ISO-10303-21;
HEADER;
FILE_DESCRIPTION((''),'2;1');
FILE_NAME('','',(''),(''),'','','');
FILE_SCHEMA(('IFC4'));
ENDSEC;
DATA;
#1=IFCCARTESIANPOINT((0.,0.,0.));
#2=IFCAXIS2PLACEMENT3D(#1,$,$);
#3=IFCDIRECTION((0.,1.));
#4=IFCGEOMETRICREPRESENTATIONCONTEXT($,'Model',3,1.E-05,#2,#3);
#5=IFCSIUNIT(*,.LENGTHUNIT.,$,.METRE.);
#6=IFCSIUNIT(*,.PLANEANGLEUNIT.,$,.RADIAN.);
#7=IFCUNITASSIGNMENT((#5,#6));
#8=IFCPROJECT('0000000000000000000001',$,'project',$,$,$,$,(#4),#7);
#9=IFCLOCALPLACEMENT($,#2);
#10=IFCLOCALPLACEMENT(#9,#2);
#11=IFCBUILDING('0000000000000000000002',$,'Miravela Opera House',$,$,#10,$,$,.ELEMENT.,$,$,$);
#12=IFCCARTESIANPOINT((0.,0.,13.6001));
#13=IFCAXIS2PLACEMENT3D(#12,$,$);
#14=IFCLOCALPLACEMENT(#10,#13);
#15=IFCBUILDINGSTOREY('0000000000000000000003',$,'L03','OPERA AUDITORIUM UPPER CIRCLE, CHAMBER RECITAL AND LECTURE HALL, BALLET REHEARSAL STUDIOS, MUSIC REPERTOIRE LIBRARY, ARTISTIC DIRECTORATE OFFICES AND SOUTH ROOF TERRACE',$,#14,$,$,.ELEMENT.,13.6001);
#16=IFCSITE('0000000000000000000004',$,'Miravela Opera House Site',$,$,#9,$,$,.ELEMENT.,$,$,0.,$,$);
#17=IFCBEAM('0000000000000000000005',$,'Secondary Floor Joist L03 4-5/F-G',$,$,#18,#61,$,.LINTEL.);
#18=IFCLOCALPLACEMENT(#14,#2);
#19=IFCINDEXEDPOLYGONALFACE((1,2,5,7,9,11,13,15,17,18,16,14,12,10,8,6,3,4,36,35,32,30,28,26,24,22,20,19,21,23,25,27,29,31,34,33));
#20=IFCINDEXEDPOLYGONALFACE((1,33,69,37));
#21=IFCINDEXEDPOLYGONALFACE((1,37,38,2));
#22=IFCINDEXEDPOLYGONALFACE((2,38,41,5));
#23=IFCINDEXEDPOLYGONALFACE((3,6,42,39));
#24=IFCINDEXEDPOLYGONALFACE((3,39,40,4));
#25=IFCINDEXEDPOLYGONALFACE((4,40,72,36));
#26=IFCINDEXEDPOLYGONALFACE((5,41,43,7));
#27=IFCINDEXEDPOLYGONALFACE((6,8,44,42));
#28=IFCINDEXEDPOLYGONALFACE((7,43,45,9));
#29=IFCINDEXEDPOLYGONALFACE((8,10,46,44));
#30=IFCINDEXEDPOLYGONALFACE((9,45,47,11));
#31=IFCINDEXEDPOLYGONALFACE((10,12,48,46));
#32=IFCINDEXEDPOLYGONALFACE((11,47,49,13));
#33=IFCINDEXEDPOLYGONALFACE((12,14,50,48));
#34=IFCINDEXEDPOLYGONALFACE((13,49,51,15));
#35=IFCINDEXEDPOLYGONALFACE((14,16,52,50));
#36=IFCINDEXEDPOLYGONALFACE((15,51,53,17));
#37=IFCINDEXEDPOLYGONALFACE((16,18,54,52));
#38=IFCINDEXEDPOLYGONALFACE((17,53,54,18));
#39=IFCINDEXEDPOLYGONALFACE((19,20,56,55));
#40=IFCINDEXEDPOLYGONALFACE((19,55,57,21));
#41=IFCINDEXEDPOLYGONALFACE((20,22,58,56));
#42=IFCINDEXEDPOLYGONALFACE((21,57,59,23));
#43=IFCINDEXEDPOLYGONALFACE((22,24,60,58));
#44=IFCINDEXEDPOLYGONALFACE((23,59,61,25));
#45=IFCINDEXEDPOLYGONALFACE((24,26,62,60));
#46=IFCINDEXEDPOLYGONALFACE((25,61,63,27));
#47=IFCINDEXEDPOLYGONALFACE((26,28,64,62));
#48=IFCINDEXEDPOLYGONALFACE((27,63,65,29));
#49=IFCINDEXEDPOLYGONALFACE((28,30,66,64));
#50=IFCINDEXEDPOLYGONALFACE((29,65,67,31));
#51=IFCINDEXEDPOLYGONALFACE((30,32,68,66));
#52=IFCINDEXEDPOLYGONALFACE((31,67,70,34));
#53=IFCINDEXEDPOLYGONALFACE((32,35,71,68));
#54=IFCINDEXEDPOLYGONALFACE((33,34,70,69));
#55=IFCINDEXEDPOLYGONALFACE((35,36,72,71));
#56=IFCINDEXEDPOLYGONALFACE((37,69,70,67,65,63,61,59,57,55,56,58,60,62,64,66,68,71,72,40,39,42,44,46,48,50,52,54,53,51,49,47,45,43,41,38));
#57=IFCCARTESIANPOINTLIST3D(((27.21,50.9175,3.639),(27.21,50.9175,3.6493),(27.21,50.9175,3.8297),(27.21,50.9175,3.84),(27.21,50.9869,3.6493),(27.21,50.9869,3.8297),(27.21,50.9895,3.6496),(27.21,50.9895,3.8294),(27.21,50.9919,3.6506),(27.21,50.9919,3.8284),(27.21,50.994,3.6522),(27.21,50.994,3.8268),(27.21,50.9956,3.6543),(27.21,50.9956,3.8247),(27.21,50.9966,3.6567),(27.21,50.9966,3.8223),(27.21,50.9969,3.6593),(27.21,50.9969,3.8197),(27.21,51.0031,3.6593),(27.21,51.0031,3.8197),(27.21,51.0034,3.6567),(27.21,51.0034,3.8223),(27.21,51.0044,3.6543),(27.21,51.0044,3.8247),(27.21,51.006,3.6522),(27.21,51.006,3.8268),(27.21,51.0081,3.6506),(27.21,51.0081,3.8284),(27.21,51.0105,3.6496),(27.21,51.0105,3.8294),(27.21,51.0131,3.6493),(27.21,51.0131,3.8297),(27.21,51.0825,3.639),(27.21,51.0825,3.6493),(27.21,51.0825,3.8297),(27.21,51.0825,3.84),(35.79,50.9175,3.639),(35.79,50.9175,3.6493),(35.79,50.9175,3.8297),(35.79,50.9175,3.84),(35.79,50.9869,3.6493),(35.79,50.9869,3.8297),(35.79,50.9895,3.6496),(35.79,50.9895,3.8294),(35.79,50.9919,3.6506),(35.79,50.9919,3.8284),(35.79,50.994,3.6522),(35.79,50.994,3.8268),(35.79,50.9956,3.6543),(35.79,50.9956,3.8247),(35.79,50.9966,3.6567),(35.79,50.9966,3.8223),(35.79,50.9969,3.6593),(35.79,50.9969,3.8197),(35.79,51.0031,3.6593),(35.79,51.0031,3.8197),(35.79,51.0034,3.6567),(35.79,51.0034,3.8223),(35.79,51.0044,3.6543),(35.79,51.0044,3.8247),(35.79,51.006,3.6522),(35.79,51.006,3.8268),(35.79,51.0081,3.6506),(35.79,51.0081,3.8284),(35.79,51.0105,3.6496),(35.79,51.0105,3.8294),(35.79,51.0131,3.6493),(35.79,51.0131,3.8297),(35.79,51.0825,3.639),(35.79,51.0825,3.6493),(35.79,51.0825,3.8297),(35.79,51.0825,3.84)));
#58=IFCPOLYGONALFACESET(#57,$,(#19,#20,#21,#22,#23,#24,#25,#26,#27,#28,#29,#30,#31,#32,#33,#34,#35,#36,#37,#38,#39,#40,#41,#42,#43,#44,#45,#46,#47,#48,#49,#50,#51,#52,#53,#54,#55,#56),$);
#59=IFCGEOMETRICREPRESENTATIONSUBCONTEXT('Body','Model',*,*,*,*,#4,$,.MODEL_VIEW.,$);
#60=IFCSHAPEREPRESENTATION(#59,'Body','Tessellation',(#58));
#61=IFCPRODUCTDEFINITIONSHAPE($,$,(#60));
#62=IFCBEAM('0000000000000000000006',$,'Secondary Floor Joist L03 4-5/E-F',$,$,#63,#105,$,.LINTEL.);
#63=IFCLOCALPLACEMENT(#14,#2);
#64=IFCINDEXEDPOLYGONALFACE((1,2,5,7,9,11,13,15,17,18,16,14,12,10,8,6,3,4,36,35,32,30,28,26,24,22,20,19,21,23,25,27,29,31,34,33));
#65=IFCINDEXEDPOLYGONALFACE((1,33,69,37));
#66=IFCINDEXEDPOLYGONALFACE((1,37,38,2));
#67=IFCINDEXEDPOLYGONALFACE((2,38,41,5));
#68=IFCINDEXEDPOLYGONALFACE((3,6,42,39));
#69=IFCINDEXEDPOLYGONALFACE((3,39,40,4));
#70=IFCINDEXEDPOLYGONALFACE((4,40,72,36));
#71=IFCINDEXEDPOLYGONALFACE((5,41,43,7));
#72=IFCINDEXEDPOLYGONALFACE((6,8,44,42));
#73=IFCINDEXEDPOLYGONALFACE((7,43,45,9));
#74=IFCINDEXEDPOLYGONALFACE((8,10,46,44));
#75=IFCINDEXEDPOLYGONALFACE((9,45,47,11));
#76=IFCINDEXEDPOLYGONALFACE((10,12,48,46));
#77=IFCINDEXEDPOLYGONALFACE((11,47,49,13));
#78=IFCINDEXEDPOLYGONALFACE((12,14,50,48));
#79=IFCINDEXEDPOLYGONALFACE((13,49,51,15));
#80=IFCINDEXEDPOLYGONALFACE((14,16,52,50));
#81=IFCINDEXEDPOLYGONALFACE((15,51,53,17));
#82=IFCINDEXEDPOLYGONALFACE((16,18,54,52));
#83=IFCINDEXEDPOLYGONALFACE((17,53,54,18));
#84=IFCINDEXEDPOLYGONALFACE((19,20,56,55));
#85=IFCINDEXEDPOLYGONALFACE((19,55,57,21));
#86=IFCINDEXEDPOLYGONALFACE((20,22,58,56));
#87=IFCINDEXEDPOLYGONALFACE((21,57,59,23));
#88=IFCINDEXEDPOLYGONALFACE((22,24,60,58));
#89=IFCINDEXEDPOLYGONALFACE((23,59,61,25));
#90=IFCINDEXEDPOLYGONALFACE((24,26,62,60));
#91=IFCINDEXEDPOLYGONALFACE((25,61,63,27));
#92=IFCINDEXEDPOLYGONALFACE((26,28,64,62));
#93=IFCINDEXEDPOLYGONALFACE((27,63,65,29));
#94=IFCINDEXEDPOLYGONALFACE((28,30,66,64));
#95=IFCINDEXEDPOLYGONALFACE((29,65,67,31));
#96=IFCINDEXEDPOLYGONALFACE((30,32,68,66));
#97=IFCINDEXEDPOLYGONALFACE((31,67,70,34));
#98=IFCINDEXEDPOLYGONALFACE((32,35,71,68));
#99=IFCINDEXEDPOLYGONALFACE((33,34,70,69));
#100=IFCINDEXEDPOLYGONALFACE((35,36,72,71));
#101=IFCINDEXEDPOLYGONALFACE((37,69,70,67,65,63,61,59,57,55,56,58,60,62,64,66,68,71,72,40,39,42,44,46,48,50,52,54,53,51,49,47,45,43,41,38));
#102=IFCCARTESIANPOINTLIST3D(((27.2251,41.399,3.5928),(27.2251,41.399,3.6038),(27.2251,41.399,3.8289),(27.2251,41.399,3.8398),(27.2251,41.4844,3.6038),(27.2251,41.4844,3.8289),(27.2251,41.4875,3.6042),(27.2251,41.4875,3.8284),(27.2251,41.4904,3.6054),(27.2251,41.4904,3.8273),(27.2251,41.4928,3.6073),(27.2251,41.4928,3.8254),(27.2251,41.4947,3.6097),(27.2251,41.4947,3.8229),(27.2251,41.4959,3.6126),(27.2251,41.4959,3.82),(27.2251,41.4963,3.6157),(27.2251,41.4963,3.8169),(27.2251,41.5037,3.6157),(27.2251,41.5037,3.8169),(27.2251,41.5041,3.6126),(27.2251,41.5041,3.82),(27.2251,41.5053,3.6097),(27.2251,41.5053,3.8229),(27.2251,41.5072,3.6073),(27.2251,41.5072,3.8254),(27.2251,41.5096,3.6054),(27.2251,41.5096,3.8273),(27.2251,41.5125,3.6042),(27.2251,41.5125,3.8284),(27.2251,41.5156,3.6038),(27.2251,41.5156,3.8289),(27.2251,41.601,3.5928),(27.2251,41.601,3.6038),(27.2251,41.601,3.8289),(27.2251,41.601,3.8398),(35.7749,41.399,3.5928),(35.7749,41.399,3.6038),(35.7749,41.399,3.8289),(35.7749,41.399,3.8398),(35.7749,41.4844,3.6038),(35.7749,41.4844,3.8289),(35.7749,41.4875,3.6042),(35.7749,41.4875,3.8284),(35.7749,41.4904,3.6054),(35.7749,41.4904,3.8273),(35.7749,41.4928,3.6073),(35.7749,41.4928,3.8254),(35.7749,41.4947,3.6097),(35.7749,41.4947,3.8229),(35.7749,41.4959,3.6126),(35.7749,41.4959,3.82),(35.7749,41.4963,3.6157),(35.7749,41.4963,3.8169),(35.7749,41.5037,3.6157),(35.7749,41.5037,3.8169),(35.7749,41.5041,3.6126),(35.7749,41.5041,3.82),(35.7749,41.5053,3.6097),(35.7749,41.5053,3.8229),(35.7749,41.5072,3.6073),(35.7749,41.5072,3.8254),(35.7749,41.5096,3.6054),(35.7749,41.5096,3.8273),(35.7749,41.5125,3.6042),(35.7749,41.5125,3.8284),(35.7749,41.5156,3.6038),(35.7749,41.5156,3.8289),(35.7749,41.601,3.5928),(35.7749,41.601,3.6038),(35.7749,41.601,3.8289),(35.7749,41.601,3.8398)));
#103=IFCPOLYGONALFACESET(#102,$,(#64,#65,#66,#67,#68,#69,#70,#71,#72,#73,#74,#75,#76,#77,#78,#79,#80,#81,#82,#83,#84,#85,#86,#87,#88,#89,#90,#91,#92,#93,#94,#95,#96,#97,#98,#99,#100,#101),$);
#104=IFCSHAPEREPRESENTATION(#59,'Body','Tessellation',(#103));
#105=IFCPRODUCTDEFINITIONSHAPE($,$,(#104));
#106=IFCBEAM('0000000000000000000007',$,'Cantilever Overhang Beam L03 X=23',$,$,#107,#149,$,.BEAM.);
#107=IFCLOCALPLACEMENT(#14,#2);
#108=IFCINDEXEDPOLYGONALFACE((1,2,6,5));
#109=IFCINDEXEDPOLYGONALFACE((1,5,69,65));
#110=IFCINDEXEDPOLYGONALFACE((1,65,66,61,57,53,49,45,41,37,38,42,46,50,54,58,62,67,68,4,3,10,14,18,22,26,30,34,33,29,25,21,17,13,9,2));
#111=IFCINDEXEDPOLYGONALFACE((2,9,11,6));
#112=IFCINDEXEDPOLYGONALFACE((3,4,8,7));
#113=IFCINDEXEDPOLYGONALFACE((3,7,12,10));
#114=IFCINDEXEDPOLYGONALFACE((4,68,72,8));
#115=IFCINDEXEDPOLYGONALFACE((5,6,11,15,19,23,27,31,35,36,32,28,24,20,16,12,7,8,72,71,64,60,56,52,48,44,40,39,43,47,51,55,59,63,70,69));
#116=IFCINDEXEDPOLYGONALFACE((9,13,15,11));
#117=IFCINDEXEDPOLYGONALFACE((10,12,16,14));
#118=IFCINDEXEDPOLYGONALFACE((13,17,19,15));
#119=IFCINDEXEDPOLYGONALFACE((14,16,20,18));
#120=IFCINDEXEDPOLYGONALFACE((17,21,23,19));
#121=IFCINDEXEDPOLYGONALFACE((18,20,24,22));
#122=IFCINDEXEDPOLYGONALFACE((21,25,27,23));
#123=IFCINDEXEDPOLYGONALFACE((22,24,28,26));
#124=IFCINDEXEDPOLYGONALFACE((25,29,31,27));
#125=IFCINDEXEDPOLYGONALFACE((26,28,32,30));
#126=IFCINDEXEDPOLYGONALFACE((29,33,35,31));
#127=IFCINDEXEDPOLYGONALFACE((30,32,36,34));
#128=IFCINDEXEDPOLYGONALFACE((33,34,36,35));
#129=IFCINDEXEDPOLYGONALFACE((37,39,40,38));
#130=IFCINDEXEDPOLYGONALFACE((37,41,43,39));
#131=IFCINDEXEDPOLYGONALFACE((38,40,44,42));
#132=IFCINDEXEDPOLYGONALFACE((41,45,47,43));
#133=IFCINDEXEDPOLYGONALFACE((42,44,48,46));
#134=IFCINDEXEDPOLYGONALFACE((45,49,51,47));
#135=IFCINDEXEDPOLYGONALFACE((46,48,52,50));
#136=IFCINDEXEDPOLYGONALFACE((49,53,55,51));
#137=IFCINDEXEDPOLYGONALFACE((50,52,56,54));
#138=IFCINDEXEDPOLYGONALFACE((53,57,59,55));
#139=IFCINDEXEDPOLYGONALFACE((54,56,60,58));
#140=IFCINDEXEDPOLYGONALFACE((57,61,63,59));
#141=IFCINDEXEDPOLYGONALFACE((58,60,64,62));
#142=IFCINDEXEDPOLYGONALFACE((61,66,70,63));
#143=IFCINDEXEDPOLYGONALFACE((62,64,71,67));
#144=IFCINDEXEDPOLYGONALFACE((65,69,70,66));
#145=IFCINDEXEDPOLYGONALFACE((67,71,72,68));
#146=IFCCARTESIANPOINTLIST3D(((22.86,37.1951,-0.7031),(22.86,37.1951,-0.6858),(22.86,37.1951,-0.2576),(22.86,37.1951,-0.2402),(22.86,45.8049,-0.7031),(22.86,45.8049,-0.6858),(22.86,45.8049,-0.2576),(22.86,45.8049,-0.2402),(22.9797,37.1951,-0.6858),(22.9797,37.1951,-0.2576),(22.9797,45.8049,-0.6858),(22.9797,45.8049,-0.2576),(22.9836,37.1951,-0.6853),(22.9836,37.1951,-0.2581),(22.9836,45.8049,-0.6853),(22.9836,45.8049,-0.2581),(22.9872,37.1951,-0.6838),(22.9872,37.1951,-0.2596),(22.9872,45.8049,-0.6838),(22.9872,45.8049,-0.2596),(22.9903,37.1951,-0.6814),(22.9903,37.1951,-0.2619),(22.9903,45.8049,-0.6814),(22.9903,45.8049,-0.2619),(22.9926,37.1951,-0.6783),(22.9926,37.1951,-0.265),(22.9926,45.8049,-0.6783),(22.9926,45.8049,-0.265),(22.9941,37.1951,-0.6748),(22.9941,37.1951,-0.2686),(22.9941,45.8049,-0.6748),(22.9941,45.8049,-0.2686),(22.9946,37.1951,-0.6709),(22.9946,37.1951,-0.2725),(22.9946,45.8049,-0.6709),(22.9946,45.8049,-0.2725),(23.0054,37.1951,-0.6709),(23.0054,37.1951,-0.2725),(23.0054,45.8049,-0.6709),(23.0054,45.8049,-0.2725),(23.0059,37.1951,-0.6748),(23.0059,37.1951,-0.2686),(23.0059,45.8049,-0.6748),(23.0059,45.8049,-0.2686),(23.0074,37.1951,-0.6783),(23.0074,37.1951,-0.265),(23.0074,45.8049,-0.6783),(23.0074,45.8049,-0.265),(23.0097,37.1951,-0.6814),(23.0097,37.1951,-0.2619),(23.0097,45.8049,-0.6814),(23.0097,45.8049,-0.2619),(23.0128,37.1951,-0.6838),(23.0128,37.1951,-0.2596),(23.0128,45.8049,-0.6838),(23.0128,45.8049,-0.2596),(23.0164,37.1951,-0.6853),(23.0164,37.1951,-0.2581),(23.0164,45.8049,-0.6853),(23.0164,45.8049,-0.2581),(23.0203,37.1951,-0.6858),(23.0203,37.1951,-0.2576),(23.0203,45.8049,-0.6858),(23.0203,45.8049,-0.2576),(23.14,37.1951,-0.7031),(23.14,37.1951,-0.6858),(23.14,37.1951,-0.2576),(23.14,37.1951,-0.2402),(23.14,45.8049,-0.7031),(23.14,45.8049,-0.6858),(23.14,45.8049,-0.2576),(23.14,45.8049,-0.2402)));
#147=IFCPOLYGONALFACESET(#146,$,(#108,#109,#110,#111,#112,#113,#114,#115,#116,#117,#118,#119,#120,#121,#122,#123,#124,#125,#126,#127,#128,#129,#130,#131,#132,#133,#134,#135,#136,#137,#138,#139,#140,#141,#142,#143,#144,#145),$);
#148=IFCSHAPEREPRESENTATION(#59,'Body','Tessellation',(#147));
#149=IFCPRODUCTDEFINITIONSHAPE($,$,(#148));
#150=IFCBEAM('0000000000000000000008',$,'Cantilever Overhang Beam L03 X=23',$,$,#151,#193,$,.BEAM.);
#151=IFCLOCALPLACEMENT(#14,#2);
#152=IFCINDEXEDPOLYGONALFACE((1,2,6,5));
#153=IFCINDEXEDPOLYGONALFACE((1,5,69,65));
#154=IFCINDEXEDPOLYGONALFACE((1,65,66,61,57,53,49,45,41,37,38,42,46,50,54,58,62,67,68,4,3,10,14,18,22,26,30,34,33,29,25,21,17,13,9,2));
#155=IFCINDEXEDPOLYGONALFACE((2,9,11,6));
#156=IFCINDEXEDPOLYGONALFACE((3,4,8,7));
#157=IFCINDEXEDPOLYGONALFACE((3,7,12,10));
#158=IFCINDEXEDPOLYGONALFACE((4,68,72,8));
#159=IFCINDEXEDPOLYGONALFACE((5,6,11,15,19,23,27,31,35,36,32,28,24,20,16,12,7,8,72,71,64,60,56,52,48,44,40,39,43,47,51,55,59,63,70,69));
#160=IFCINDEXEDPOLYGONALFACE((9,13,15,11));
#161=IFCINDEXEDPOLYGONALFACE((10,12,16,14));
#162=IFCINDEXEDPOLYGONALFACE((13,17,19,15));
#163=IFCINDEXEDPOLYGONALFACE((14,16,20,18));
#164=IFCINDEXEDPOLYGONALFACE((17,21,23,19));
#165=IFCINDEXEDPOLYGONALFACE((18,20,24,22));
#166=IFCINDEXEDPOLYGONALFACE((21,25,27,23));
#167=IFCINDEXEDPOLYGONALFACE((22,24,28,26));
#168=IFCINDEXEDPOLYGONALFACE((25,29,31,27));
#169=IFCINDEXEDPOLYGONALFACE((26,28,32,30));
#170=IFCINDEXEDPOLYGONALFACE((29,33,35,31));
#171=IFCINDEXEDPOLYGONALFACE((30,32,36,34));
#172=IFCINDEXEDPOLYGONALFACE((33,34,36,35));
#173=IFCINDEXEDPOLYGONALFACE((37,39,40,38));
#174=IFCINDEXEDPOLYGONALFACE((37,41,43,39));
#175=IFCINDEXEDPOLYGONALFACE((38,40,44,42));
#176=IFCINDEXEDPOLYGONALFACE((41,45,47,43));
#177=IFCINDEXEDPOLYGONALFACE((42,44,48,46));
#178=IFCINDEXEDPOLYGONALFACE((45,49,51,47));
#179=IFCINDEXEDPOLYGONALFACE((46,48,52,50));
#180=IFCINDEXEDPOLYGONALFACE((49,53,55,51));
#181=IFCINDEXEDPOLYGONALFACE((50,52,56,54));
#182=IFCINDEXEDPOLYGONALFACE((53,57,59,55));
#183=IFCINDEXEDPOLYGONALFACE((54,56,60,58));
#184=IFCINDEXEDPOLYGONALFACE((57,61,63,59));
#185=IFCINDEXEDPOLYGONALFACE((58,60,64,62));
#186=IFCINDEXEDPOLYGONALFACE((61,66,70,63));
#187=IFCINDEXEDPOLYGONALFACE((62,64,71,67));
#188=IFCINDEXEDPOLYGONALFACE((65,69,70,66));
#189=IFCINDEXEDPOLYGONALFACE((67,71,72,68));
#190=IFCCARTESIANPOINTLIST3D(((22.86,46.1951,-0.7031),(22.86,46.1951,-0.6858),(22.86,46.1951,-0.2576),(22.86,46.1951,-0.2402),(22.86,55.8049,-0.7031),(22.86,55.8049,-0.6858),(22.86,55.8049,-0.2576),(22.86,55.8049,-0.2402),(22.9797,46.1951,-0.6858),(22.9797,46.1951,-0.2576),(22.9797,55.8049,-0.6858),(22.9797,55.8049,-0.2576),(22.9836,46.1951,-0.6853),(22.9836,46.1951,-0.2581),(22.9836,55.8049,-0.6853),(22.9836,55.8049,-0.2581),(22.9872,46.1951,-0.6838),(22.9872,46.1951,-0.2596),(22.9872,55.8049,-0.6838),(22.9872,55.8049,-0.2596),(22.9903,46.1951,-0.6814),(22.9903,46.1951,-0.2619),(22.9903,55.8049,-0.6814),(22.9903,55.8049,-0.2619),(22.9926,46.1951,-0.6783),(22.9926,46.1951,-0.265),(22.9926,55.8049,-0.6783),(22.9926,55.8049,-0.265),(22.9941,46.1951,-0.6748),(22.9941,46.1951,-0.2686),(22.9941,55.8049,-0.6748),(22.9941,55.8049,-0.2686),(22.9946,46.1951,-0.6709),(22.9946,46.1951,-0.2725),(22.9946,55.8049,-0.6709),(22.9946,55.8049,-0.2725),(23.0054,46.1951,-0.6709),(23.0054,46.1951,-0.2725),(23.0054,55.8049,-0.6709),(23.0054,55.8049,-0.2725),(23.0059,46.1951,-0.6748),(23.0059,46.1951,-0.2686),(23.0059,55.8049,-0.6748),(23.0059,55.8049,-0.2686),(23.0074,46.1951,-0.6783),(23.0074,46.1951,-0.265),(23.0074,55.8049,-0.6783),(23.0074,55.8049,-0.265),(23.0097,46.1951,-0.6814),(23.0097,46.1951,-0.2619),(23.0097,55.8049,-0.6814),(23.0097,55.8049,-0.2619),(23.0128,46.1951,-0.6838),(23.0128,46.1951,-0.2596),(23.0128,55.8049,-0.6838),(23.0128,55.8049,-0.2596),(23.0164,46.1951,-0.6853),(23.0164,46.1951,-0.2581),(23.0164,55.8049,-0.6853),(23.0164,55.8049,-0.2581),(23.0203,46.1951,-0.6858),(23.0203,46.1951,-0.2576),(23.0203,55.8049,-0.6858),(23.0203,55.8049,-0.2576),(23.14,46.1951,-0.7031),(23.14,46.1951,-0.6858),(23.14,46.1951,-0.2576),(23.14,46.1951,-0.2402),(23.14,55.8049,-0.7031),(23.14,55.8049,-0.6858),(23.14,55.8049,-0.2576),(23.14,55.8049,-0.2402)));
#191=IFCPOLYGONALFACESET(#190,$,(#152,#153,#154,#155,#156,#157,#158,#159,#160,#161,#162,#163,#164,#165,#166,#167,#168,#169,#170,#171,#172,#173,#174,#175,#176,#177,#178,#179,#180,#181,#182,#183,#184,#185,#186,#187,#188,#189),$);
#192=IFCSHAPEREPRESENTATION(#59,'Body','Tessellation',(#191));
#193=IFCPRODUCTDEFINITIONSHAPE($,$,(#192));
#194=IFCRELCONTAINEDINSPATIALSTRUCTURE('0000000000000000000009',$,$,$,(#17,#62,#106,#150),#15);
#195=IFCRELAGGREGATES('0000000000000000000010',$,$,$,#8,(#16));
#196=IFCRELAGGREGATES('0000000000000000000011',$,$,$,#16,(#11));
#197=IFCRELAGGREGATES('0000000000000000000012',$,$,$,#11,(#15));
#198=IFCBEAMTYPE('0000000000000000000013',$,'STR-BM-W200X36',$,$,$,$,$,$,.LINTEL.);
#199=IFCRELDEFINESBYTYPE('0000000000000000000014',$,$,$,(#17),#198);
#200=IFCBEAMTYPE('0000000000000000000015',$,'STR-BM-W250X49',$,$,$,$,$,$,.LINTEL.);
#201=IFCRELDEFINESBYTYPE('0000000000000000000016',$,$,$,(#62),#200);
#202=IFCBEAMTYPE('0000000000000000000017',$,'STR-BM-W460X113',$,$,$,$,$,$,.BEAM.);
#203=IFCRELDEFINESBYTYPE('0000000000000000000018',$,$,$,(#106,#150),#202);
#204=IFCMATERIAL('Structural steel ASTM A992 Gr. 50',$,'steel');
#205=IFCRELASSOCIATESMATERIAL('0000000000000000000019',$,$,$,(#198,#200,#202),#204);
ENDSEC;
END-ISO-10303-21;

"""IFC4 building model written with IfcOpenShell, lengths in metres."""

from ifc_helpers import new_model, si_unit, direction, frame, origin, origin_2d, place, context, subcontext, project, spatial, i_section, extrude, material, material_profile, profile_set, type_object, element, save


model = new_model("IFC4")

# Units and contexts
model_context = context("Model", 3, precision=1e-05, world=origin(), true_north=direction((0.0, 1.0)))
body_context = subcontext(model_context, "Body", "Model", "MODEL_VIEW")
ifc_project = project(units=[si_unit("LENGTHUNIT", "METRE"), si_unit("PLANEANGLEUNIT", "RADIAN")], contexts=[model_context])

# Site, building, storey
site_placement = place(None, origin())
site = spatial("IfcSite", under=ifc_project, at=site_placement, Name="Miravela Opera House Site", CompositionType="ELEMENT", RefElevation=0.0)
building_placement = place(site_placement, origin())
building = spatial("IfcBuilding", under=site, at=building_placement, Name="Miravela Opera House", CompositionType="ELEMENT")
storey_placement = place(building_placement, frame((0.0, 0.0, 13.6001)))
storey = spatial("IfcBuildingStorey", under=building, at=storey_placement, Name="L03", Description="OPERA AUDITORIUM UPPER CIRCLE, CHAMBER RECITAL AND LECTURE HALL, BALLET REHEARSAL STUDIOS, MUSIC REPERTOIRE LIBRARY, ARTISTIC DIRECTORATE OFFICES AND SOUTH ROOF TERRACE", CompositionType="ELEMENT", Elevation=13.6001)

# Beams
ifc_material_1 = material(Name="Structural steel ASTM A992 Gr. 50", Category="steel")
ifc_material_profile_1 = material_profile(ifc_material_1, i_section(OverallWidth=0.165, OverallDepth=0.2009, WebThickness=0.0061, FlangeThickness=0.0103, FilletRadius=0.01, at=origin_2d()), Name="W200X36")
ifc_profile_set_1 = profile_set([ifc_material_profile_1])
beam_type_1 = type_object("IfcBeamType", Name="STR-BM-W200X36", PredefinedType="LINTEL", material=ifc_profile_set_1)
beam_1_placement = place(storey_placement, frame((27.21, 51.0, 3.7395), z_axis=(1.0, 0.0, 0.0), x_axis=(0.0, 1.0, 0.0)))
element("IfcBeam", 1, at=beam_1_placement, inside=storey, type_object=beam_type_1, Name="Secondary Floor Joist L03 4-5/F-G", PredefinedType="LINTEL", context=body_context, shape_type="SweptSolid", body=[
    extrude(i_section(OverallWidth=0.165, OverallDepth=0.2009, WebThickness=0.0061, FlangeThickness=0.0103, FilletRadius=0.01, at=origin_2d()), origin(), (0.0, 0.0, 1.0), 8.5801),
])
ifc_material_profile_2 = material_profile(ifc_material_1, i_section(OverallWidth=0.2019, OverallDepth=0.2471, WebThickness=0.0073, FlangeThickness=0.011, FilletRadius=0.012, at=origin_2d()), Name="W250X49")
ifc_profile_set_2 = profile_set([ifc_material_profile_2])
beam_type_2 = type_object("IfcBeamType", Name="STR-BM-W250X49", PredefinedType="LINTEL", material=ifc_profile_set_2)
beam_2_placement = place(storey_placement, frame((27.2251, 41.5, 3.7163), z_axis=(1.0, 0.0, 0.0), x_axis=(0.0, 1.0, 0.0)))
element("IfcBeam", 2, at=beam_2_placement, inside=storey, type_object=beam_type_2, Name="Secondary Floor Joist L03 4-5/E-F", PredefinedType="LINTEL", context=body_context, shape_type="SweptSolid", body=[
    extrude(i_section(OverallWidth=0.2019, OverallDepth=0.2471, WebThickness=0.0073, FlangeThickness=0.011, FilletRadius=0.012, at=origin_2d()), origin(), (0.0, 0.0, 1.0), 8.5498),
])
ifc_material_profile_3 = material_profile(ifc_material_1, i_section(OverallWidth=0.28, OverallDepth=0.4629, WebThickness=0.0107, FlangeThickness=0.0173, FilletRadius=0.0149, at=origin_2d()), Name="W460X113")
ifc_profile_set_3 = profile_set([ifc_material_profile_3])
beam_type_3 = type_object("IfcBeamType", Name="STR-BM-W460X113", PredefinedType="BEAM", material=ifc_profile_set_3)
beam_3_placement = place(storey_placement, frame((23.0, 37.1951, -0.4717), z_axis=(0.0, 1.0, 0.0), x_axis=(-1.0, 0.0, 0.0)))
element("IfcBeam", 3, at=beam_3_placement, inside=storey, type_object=beam_type_3, Name="Cantilever Overhang Beam L03 X=23", PredefinedType="BEAM", context=body_context, shape_type="SweptSolid", body=[
    extrude(i_section(OverallWidth=0.28, OverallDepth=0.4629, WebThickness=0.0107, FlangeThickness=0.0173, FilletRadius=0.0149, at=origin_2d()), origin(), (0.0, 0.0, 1.0), 8.6099),
])
for number, where, z_axis, x_axis, name in (
    (4, (23.0, 46.1951, -0.4717), (0.0, 1.0, 0.0), (-1.0, 0.0, 0.0), "Cantilever Overhang Beam L03 X=23"),
):
    element("IfcBeam", number, at=place(storey_placement, frame(where, z_axis=z_axis, x_axis=x_axis)), inside=storey, type_object=beam_type_3, Name=name, PredefinedType="BEAM", context=body_context, shape_type="SweptSolid", body=[
        extrude(i_section(OverallWidth=0.28, OverallDepth=0.4629, WebThickness=0.0107, FlangeThickness=0.0173, FilletRadius=0.0149, at=origin_2d()), origin(), (0.0, 0.0, 1.0), 9.6099),
    ])

save(model, "model.ifc")
